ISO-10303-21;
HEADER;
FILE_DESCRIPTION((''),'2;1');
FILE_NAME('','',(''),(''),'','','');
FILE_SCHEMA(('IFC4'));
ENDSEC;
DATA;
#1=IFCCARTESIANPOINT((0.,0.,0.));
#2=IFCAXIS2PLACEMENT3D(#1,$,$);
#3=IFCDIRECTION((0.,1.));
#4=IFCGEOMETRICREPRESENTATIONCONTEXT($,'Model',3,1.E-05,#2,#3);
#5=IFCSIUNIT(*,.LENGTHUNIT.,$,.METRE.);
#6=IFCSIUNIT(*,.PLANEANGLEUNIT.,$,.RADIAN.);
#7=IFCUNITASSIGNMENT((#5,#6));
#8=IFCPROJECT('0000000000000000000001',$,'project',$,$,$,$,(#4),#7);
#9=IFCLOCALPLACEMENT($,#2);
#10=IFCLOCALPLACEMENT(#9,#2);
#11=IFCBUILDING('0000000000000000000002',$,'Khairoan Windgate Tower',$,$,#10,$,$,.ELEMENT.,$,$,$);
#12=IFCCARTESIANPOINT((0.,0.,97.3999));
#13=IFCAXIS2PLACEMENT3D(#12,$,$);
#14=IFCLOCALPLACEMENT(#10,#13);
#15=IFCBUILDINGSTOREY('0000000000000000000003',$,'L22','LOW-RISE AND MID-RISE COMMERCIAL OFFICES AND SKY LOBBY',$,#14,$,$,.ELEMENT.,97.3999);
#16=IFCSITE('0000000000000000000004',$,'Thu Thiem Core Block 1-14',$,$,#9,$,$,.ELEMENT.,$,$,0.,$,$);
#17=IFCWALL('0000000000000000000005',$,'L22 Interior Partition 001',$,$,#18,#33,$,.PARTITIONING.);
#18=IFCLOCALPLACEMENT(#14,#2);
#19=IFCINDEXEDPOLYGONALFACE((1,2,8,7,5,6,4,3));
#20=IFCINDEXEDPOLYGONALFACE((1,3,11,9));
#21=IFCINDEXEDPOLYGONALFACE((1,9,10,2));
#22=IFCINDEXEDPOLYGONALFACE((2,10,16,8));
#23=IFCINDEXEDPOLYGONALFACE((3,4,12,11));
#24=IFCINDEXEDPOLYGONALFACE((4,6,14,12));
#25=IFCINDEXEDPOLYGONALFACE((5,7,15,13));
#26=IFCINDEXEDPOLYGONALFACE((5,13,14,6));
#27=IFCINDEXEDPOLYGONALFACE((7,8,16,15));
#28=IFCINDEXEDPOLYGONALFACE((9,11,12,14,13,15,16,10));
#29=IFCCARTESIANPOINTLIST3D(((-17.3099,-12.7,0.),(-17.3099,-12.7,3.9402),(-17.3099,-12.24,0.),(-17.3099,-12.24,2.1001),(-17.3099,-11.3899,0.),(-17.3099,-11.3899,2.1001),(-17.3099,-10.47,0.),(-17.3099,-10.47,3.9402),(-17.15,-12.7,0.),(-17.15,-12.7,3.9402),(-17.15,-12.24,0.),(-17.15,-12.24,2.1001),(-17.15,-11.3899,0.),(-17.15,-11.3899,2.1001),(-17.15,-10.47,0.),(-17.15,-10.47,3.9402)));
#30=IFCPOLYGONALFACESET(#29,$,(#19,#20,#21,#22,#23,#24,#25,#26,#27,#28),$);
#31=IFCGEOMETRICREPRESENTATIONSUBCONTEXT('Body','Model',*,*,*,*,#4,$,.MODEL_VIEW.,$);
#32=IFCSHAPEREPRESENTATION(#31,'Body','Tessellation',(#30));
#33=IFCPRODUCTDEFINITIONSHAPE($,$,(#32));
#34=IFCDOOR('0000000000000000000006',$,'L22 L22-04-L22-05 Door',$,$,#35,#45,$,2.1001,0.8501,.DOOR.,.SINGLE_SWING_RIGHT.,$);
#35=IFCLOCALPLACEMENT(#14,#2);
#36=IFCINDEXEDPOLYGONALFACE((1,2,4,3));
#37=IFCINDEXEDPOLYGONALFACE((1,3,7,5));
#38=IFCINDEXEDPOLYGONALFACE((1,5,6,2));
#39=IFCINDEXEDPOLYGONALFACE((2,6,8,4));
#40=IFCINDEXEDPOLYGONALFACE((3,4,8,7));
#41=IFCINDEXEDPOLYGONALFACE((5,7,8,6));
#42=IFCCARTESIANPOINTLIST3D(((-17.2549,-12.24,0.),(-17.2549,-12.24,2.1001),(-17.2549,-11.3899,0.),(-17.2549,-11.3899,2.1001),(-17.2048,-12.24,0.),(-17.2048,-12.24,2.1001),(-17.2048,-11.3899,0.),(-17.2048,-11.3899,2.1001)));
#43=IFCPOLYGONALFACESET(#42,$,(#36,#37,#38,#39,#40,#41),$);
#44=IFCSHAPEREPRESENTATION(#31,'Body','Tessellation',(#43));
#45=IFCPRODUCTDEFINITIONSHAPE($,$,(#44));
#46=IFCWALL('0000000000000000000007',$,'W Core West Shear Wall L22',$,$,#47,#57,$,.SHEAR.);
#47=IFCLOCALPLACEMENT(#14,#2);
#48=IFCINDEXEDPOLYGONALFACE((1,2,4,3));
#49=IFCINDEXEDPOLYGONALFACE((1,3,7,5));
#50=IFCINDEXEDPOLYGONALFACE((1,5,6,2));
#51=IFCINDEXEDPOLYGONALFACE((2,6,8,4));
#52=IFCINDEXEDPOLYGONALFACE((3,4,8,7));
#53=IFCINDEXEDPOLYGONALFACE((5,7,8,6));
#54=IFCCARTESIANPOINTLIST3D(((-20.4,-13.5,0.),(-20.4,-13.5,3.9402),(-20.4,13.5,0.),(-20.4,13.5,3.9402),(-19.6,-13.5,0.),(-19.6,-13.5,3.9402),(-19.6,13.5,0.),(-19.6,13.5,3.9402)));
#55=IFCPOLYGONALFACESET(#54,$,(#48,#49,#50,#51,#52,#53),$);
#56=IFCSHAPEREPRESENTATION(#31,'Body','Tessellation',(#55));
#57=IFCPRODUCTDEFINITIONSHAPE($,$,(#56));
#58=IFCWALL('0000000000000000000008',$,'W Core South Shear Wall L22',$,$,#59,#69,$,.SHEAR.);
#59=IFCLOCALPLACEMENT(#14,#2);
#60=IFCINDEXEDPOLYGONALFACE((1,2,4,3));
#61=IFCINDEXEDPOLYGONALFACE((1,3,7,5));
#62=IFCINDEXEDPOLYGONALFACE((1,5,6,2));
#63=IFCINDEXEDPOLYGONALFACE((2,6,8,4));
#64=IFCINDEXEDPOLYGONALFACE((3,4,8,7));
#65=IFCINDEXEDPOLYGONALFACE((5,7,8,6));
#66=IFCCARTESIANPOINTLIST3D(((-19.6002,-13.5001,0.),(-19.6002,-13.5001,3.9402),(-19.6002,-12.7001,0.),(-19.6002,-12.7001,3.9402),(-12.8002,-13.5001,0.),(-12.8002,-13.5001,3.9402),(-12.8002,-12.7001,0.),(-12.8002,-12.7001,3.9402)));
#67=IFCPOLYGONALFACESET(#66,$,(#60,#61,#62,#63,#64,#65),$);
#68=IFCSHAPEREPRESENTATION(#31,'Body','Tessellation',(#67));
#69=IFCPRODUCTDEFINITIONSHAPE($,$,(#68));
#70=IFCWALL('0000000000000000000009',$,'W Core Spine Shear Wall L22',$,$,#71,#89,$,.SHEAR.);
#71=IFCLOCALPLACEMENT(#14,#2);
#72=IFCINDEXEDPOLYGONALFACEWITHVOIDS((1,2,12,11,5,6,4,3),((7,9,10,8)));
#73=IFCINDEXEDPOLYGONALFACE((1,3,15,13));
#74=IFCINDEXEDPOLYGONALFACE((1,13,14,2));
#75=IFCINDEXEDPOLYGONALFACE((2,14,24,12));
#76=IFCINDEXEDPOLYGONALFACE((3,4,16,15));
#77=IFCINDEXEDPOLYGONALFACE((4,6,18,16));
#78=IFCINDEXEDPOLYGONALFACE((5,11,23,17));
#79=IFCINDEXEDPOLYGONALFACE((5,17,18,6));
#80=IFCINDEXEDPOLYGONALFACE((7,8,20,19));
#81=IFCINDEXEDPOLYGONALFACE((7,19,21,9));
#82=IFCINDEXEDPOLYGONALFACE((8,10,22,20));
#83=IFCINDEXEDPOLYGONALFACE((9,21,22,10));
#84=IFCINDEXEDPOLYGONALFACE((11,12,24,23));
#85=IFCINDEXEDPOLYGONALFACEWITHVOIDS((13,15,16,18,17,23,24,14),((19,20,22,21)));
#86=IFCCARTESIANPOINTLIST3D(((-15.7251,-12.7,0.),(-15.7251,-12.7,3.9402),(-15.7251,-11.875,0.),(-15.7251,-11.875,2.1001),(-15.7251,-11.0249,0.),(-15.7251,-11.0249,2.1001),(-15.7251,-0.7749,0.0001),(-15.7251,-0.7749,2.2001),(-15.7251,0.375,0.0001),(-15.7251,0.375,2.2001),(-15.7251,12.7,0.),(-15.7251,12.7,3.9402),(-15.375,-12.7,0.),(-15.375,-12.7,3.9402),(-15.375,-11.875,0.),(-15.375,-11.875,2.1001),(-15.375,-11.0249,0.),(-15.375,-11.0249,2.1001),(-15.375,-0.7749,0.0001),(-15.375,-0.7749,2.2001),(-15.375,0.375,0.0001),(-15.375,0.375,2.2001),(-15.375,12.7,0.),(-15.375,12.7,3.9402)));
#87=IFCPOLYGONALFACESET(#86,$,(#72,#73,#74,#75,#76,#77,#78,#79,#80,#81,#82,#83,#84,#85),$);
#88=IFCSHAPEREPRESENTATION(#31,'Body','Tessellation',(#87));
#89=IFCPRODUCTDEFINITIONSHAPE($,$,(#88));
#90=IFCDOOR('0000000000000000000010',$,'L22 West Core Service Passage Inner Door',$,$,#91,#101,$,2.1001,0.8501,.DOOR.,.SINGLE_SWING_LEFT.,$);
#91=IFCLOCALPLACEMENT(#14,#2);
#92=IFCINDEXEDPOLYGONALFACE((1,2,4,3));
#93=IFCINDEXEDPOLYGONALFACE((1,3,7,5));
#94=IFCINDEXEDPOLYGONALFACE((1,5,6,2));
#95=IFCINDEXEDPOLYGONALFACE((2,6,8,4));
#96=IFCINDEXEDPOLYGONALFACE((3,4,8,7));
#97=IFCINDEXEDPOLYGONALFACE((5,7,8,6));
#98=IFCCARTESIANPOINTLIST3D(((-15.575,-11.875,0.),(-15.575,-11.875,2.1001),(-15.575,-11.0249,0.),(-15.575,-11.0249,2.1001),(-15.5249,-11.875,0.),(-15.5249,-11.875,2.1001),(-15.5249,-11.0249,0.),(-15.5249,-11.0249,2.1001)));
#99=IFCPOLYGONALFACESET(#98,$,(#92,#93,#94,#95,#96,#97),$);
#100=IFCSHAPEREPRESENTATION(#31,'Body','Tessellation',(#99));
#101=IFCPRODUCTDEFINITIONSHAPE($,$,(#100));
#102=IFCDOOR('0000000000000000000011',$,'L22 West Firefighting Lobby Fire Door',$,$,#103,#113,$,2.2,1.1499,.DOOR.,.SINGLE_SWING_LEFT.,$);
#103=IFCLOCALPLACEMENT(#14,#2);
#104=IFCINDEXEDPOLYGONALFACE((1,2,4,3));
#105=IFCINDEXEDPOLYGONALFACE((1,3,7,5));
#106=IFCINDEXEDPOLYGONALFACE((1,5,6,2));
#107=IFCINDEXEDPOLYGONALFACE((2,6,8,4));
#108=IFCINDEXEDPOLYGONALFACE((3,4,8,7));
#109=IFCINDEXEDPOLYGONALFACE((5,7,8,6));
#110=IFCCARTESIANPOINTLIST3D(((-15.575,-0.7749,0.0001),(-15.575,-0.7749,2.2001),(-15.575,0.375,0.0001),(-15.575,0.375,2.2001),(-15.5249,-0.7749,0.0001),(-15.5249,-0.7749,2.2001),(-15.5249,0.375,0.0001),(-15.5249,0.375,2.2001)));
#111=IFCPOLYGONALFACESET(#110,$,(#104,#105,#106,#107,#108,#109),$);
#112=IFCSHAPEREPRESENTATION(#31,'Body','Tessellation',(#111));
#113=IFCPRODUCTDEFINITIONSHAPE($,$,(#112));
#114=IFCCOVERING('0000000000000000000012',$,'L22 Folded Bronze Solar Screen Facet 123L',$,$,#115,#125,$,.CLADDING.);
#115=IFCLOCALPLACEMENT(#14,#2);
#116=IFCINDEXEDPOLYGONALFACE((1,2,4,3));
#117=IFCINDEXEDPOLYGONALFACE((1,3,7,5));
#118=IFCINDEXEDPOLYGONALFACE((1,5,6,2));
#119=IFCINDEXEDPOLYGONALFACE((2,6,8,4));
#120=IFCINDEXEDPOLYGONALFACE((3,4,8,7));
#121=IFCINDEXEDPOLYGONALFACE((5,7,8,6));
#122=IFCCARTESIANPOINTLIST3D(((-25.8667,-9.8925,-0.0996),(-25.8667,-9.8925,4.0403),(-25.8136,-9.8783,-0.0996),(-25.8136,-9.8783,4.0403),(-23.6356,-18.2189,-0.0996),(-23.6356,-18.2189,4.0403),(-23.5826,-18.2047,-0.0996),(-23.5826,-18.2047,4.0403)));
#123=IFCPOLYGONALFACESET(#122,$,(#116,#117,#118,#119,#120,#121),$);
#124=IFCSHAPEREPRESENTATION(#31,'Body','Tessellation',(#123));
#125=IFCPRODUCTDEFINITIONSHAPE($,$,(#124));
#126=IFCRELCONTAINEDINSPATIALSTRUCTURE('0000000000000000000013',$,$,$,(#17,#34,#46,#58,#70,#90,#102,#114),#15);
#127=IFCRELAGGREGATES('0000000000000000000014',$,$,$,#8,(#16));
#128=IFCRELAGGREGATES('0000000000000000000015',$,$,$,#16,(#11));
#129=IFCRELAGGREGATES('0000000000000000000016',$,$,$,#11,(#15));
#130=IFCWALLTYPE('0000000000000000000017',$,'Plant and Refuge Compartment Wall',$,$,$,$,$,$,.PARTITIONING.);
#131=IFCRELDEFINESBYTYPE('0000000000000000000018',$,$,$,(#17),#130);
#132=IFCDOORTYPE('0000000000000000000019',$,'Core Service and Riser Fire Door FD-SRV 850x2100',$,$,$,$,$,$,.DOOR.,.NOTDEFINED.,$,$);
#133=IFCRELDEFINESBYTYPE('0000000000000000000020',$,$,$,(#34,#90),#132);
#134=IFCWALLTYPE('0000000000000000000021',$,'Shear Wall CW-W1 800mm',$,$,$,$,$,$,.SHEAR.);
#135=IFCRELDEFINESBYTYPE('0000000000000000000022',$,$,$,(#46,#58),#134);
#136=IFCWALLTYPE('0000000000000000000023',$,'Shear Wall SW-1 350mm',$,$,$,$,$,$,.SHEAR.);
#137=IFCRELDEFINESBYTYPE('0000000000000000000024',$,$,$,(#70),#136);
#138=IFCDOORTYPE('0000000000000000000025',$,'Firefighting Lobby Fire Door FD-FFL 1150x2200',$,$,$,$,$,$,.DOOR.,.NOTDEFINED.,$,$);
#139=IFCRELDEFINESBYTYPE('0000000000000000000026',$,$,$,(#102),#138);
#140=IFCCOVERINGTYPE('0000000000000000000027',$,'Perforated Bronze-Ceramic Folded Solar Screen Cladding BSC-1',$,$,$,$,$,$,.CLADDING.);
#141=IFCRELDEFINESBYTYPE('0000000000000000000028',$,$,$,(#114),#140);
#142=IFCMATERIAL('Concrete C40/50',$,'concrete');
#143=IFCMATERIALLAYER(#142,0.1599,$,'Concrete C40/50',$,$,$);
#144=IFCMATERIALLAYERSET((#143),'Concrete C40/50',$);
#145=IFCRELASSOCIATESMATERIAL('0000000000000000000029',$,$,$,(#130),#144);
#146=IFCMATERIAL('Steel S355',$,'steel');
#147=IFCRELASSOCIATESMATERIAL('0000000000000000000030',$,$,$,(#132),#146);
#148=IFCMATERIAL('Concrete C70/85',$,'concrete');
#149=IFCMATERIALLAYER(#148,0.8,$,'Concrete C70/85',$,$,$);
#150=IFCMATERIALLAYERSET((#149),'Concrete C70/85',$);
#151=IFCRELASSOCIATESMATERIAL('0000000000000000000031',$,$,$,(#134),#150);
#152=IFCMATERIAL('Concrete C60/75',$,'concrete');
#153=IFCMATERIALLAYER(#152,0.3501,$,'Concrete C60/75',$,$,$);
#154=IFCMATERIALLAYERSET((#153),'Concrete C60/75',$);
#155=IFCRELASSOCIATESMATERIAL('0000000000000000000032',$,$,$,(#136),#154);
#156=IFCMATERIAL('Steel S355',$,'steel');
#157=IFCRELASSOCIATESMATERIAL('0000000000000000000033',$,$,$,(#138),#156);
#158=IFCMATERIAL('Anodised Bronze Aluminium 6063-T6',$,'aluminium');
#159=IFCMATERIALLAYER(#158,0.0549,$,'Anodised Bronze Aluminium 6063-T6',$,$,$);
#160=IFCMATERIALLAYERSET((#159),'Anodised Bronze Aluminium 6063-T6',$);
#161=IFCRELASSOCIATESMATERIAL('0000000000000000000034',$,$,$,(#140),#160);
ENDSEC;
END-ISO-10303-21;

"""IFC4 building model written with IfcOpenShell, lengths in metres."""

from ifc_helpers import new_model, si_unit, direction, frame, frame_2d, origin, origin_2d, place, context, subcontext, project, spatial, rectangle, extrude, material, layer, layer_set, type_object, element, fill, save


model = new_model("IFC4")

# Units and contexts
model_context = context("Model", 3, precision=1e-05, world=origin(), true_north=direction((0.0, 1.0)))
body_context = subcontext(model_context, "Body", "Model", "MODEL_VIEW")
ifc_project = project(units=[si_unit("LENGTHUNIT", "METRE"), si_unit("PLANEANGLEUNIT", "RADIAN")], contexts=[model_context])

# Site, building, storey
site_placement = place(None, origin())
site = spatial("IfcSite", under=ifc_project, at=site_placement, Name="Thu Thiem Core Block 1-14", CompositionType="ELEMENT", RefElevation=0.0)
building_placement = place(site_placement, origin())
building = spatial("IfcBuilding", under=site, at=building_placement, Name="Khairoan Windgate Tower", CompositionType="ELEMENT")
storey_placement = place(building_placement, frame((0.0, 0.0, 97.3999)))
storey = spatial("IfcBuildingStorey", under=building, at=storey_placement, Name="L22", Description="LOW-RISE AND MID-RISE COMMERCIAL OFFICES AND SKY LOBBY", CompositionType="ELEMENT", Elevation=97.3999)

# Wall, opening, door
ifc_material_1 = material(Name="Concrete C40/50", Category="concrete")
ifc_layer_1 = layer(ifc_material_1, 0.1599, Name="Concrete C40/50")
ifc_layer_set_1 = layer_set([ifc_layer_1], Name="Concrete C40/50")
wall_type_1 = type_object("IfcWallType", Name="Plant and Refuge Compartment Wall", PredefinedType="PARTITIONING", material=ifc_layer_set_1)
wall_1_placement = place(storey_placement, frame((-17.23, -12.7, 0.0), z_axis=(0.0, 0.0, 1.0), x_axis=(0.0, 1.0, 0.0)))
wall_1 = element("IfcWall", 1, at=wall_1_placement, inside=storey, type_object=wall_type_1, Name="L22 Interior Partition 001", PredefinedType="PARTITIONING", context=body_context, shape_type="SweptSolid", body=[
    extrude(rectangle(XDim=2.23, YDim=0.1599, at=frame_2d((1.115, 0.0))), origin(), (0.0, 0.0, 1.0), 3.9402),
])
opening_1_placement = place(wall_1_placement, frame((0.46, 0.0, 0.0)))
opening_1 = element("IfcOpeningElement", 2, at=opening_1_placement, cuts=wall_1, PredefinedType="OPENING", context=body_context, shape_type="SweptSolid", body=[
    extrude(rectangle(XDim=0.8501, YDim=2.1001, at=frame_2d((0.425, 1.05))), frame((0.0, 0.0898, 0.0), z_axis=(0.0, -1.0, 0.0), x_axis=(1.0, 0.0, 0.0)), (0.0, 0.0, 1.0), 0.1799),
])
ifc_material_2 = material(Name="Steel S355", Category="steel")
door_type_1 = type_object("IfcDoorType", Name="Core Service and Riser Fire Door FD-SRV 850x2100", OperationType="NOTDEFINED", PredefinedType="DOOR", material=ifc_material_2)
door_1_placement = place(opening_1_placement, origin())
door_1 = element("IfcDoor", 3, at=door_1_placement, inside=storey, type_object=door_type_1, Name="L22 L22-04-L22-05 Door", OperationType="SINGLE_SWING_RIGHT", OverallHeight=2.1001, OverallWidth=0.8501, PredefinedType="DOOR", context=body_context, shape_type="SweptSolid", body=[
    extrude(rectangle(XDim=0.8501, YDim=2.1001, at=frame_2d((0.425, 1.05))), frame((0.0, 0.0249, 0.0), z_axis=(0.0, -1.0, 0.0), x_axis=(1.0, 0.0, 0.0)), (0.0, 0.0, 1.0), 0.05),
])
fill(opening_1, door_1)

# Walls
ifc_material_3 = material(Name="Concrete C70/85", Category="concrete")
ifc_layer_2 = layer(ifc_material_3, 0.8, Name="Concrete C70/85")
ifc_layer_set_2 = layer_set([ifc_layer_2], Name="Concrete C70/85")
wall_type_2 = type_object("IfcWallType", Name="Shear Wall CW-W1 800mm", PredefinedType="SHEAR", material=ifc_layer_set_2)
wall_2_placement = place(storey_placement, frame((-20.0, -13.5, 0.0), z_axis=(0.0, 0.0, 1.0), x_axis=(0.0, 1.0, 0.0)))
element("IfcWall", 4, at=wall_2_placement, inside=storey, type_object=wall_type_2, Name="W Core West Shear Wall L22", PredefinedType="SHEAR", context=body_context, shape_type="SweptSolid", body=[
    extrude(rectangle(XDim=27.0, YDim=0.8, at=frame_2d((13.5, 0.0))), origin(), (0.0, 0.0, 1.0), 3.9402),
])
wall_3_placement = place(storey_placement, frame((-19.6001, -13.1001, 0.0), z_axis=(0.0, 0.0, 1.0), x_axis=(1.0, 0.0, 0.0)))
element("IfcWall", 5, at=wall_3_placement, inside=storey, type_object=wall_type_2, Name="W Core South Shear Wall L22", PredefinedType="SHEAR", context=body_context, shape_type="SweptSolid", body=[
    extrude(rectangle(XDim=6.8, YDim=0.8, at=frame_2d((3.3999, 0.0))), origin(), (0.0, 0.0, 1.0), 3.9402),
])

# Wall, openings, doors
ifc_material_4 = material(Name="Concrete C60/75", Category="concrete")
ifc_layer_3 = layer(ifc_material_4, 0.3501, Name="Concrete C60/75")
ifc_layer_set_3 = layer_set([ifc_layer_3], Name="Concrete C60/75")
wall_type_3 = type_object("IfcWallType", Name="Shear Wall SW-1 350mm", PredefinedType="SHEAR", material=ifc_layer_set_3)
wall_4_placement = place(storey_placement, frame((-15.55, -12.7, 0.0), z_axis=(0.0, 0.0, 1.0), x_axis=(0.0, 1.0, 0.0)))
wall_4 = element("IfcWall", 6, at=wall_4_placement, inside=storey, type_object=wall_type_3, Name="W Core Spine Shear Wall L22", PredefinedType="SHEAR", context=body_context, shape_type="SweptSolid", body=[
    extrude(rectangle(XDim=25.3999, YDim=0.3501, at=frame_2d((12.7, 0.0))), origin(), (0.0, 0.0, 1.0), 3.9402),
])
opening_2_placement = place(wall_4_placement, frame((11.925, 0.0, 0.0)))
opening_2 = element("IfcOpeningElement", 7, at=opening_2_placement, cuts=wall_4, PredefinedType="OPENING", context=body_context, shape_type="SweptSolid", body=[
    extrude(rectangle(XDim=1.1499, YDim=2.2, at=frame_2d((0.575, 1.1001))), frame((0.0, 0.1851, 0.0), z_axis=(0.0, -1.0, 0.0), x_axis=(1.0, 0.0, 0.0)), (0.0, 0.0, 1.0), 0.3701),
])
opening_3_placement = place(wall_4_placement, frame((0.825, 0.0, 0.0)))
opening_3 = element("IfcOpeningElement", 8, at=opening_3_placement, cuts=wall_4, PredefinedType="OPENING", context=body_context, shape_type="SweptSolid", body=[
    extrude(rectangle(XDim=0.8501, YDim=2.1001, at=frame_2d((0.425, 1.05))), frame((0.0, 0.1851, 0.0), z_axis=(0.0, -1.0, 0.0), x_axis=(1.0, 0.0, 0.0)), (0.0, 0.0, 1.0), 0.3701),
])
door_2_placement = place(opening_3_placement, origin())
door_2 = element("IfcDoor", 9, at=door_2_placement, inside=storey, type_object=door_type_1, Name="L22 West Core Service Passage Inner Door", OperationType="SINGLE_SWING_LEFT", OverallHeight=2.1001, OverallWidth=0.8501, PredefinedType="DOOR", context=body_context, shape_type="SweptSolid", body=[
    extrude(rectangle(XDim=0.8501, YDim=2.1001, at=frame_2d((0.425, 1.05))), frame((0.0, 0.0249, 0.0), z_axis=(0.0, -1.0, 0.0), x_axis=(1.0, 0.0, 0.0)), (0.0, 0.0, 1.0), 0.05),
])
fill(opening_3, door_2)
ifc_material_5 = material(Name="Steel S355", Category="steel")
door_type_2 = type_object("IfcDoorType", Name="Firefighting Lobby Fire Door FD-FFL 1150x2200", OperationType="NOTDEFINED", PredefinedType="DOOR", material=ifc_material_5)
door_3_placement = place(opening_2_placement, origin())
door_3 = element("IfcDoor", 10, at=door_3_placement, inside=storey, type_object=door_type_2, Name="L22 West Firefighting Lobby Fire Door", OperationType="SINGLE_SWING_LEFT", OverallHeight=2.2, OverallWidth=1.1499, PredefinedType="DOOR", context=body_context, shape_type="SweptSolid", body=[
    extrude(rectangle(XDim=1.1499, YDim=2.2, at=frame_2d((0.575, 1.1001))), frame((0.0, 0.0249, 0.0), z_axis=(0.0, -1.0, 0.0), x_axis=(1.0, 0.0, 0.0)), (0.0, 0.0, 1.0), 0.05),
])
fill(opening_2, door_3)

# Covering
ifc_material_6 = material(Name="Anodised Bronze Aluminium 6063-T6", Category="aluminium")
ifc_layer_4 = layer(ifc_material_6, 0.0549, Name="Anodised Bronze Aluminium 6063-T6")
ifc_layer_set_4 = layer_set([ifc_layer_4], Name="Anodised Bronze Aluminium 6063-T6")
covering_type = type_object("IfcCoveringType", Name="Perforated Bronze-Ceramic Folded Solar Screen Cladding BSC-1", PredefinedType="CLADDING", material=ifc_layer_set_4)
covering_placement = place(storey_placement, frame((-24.7246, -14.0486, -0.0996), z_axis=(0.0, 0.0, 1.0), x_axis=(-0.258819, 0.965926, 0.0)))
element("IfcCovering", 11, at=covering_placement, inside=storey, type_object=covering_type, Name="L22 Folded Bronze Solar Screen Facet 123L", PredefinedType="CLADDING", context=body_context, shape_type="SweptSolid", body=[
    extrude(rectangle(XDim=8.6201, YDim=0.0549, at=origin_2d()), origin(), (0.0, 0.0, 1.0), 4.1399),
])

save(model, "model.ifc")
